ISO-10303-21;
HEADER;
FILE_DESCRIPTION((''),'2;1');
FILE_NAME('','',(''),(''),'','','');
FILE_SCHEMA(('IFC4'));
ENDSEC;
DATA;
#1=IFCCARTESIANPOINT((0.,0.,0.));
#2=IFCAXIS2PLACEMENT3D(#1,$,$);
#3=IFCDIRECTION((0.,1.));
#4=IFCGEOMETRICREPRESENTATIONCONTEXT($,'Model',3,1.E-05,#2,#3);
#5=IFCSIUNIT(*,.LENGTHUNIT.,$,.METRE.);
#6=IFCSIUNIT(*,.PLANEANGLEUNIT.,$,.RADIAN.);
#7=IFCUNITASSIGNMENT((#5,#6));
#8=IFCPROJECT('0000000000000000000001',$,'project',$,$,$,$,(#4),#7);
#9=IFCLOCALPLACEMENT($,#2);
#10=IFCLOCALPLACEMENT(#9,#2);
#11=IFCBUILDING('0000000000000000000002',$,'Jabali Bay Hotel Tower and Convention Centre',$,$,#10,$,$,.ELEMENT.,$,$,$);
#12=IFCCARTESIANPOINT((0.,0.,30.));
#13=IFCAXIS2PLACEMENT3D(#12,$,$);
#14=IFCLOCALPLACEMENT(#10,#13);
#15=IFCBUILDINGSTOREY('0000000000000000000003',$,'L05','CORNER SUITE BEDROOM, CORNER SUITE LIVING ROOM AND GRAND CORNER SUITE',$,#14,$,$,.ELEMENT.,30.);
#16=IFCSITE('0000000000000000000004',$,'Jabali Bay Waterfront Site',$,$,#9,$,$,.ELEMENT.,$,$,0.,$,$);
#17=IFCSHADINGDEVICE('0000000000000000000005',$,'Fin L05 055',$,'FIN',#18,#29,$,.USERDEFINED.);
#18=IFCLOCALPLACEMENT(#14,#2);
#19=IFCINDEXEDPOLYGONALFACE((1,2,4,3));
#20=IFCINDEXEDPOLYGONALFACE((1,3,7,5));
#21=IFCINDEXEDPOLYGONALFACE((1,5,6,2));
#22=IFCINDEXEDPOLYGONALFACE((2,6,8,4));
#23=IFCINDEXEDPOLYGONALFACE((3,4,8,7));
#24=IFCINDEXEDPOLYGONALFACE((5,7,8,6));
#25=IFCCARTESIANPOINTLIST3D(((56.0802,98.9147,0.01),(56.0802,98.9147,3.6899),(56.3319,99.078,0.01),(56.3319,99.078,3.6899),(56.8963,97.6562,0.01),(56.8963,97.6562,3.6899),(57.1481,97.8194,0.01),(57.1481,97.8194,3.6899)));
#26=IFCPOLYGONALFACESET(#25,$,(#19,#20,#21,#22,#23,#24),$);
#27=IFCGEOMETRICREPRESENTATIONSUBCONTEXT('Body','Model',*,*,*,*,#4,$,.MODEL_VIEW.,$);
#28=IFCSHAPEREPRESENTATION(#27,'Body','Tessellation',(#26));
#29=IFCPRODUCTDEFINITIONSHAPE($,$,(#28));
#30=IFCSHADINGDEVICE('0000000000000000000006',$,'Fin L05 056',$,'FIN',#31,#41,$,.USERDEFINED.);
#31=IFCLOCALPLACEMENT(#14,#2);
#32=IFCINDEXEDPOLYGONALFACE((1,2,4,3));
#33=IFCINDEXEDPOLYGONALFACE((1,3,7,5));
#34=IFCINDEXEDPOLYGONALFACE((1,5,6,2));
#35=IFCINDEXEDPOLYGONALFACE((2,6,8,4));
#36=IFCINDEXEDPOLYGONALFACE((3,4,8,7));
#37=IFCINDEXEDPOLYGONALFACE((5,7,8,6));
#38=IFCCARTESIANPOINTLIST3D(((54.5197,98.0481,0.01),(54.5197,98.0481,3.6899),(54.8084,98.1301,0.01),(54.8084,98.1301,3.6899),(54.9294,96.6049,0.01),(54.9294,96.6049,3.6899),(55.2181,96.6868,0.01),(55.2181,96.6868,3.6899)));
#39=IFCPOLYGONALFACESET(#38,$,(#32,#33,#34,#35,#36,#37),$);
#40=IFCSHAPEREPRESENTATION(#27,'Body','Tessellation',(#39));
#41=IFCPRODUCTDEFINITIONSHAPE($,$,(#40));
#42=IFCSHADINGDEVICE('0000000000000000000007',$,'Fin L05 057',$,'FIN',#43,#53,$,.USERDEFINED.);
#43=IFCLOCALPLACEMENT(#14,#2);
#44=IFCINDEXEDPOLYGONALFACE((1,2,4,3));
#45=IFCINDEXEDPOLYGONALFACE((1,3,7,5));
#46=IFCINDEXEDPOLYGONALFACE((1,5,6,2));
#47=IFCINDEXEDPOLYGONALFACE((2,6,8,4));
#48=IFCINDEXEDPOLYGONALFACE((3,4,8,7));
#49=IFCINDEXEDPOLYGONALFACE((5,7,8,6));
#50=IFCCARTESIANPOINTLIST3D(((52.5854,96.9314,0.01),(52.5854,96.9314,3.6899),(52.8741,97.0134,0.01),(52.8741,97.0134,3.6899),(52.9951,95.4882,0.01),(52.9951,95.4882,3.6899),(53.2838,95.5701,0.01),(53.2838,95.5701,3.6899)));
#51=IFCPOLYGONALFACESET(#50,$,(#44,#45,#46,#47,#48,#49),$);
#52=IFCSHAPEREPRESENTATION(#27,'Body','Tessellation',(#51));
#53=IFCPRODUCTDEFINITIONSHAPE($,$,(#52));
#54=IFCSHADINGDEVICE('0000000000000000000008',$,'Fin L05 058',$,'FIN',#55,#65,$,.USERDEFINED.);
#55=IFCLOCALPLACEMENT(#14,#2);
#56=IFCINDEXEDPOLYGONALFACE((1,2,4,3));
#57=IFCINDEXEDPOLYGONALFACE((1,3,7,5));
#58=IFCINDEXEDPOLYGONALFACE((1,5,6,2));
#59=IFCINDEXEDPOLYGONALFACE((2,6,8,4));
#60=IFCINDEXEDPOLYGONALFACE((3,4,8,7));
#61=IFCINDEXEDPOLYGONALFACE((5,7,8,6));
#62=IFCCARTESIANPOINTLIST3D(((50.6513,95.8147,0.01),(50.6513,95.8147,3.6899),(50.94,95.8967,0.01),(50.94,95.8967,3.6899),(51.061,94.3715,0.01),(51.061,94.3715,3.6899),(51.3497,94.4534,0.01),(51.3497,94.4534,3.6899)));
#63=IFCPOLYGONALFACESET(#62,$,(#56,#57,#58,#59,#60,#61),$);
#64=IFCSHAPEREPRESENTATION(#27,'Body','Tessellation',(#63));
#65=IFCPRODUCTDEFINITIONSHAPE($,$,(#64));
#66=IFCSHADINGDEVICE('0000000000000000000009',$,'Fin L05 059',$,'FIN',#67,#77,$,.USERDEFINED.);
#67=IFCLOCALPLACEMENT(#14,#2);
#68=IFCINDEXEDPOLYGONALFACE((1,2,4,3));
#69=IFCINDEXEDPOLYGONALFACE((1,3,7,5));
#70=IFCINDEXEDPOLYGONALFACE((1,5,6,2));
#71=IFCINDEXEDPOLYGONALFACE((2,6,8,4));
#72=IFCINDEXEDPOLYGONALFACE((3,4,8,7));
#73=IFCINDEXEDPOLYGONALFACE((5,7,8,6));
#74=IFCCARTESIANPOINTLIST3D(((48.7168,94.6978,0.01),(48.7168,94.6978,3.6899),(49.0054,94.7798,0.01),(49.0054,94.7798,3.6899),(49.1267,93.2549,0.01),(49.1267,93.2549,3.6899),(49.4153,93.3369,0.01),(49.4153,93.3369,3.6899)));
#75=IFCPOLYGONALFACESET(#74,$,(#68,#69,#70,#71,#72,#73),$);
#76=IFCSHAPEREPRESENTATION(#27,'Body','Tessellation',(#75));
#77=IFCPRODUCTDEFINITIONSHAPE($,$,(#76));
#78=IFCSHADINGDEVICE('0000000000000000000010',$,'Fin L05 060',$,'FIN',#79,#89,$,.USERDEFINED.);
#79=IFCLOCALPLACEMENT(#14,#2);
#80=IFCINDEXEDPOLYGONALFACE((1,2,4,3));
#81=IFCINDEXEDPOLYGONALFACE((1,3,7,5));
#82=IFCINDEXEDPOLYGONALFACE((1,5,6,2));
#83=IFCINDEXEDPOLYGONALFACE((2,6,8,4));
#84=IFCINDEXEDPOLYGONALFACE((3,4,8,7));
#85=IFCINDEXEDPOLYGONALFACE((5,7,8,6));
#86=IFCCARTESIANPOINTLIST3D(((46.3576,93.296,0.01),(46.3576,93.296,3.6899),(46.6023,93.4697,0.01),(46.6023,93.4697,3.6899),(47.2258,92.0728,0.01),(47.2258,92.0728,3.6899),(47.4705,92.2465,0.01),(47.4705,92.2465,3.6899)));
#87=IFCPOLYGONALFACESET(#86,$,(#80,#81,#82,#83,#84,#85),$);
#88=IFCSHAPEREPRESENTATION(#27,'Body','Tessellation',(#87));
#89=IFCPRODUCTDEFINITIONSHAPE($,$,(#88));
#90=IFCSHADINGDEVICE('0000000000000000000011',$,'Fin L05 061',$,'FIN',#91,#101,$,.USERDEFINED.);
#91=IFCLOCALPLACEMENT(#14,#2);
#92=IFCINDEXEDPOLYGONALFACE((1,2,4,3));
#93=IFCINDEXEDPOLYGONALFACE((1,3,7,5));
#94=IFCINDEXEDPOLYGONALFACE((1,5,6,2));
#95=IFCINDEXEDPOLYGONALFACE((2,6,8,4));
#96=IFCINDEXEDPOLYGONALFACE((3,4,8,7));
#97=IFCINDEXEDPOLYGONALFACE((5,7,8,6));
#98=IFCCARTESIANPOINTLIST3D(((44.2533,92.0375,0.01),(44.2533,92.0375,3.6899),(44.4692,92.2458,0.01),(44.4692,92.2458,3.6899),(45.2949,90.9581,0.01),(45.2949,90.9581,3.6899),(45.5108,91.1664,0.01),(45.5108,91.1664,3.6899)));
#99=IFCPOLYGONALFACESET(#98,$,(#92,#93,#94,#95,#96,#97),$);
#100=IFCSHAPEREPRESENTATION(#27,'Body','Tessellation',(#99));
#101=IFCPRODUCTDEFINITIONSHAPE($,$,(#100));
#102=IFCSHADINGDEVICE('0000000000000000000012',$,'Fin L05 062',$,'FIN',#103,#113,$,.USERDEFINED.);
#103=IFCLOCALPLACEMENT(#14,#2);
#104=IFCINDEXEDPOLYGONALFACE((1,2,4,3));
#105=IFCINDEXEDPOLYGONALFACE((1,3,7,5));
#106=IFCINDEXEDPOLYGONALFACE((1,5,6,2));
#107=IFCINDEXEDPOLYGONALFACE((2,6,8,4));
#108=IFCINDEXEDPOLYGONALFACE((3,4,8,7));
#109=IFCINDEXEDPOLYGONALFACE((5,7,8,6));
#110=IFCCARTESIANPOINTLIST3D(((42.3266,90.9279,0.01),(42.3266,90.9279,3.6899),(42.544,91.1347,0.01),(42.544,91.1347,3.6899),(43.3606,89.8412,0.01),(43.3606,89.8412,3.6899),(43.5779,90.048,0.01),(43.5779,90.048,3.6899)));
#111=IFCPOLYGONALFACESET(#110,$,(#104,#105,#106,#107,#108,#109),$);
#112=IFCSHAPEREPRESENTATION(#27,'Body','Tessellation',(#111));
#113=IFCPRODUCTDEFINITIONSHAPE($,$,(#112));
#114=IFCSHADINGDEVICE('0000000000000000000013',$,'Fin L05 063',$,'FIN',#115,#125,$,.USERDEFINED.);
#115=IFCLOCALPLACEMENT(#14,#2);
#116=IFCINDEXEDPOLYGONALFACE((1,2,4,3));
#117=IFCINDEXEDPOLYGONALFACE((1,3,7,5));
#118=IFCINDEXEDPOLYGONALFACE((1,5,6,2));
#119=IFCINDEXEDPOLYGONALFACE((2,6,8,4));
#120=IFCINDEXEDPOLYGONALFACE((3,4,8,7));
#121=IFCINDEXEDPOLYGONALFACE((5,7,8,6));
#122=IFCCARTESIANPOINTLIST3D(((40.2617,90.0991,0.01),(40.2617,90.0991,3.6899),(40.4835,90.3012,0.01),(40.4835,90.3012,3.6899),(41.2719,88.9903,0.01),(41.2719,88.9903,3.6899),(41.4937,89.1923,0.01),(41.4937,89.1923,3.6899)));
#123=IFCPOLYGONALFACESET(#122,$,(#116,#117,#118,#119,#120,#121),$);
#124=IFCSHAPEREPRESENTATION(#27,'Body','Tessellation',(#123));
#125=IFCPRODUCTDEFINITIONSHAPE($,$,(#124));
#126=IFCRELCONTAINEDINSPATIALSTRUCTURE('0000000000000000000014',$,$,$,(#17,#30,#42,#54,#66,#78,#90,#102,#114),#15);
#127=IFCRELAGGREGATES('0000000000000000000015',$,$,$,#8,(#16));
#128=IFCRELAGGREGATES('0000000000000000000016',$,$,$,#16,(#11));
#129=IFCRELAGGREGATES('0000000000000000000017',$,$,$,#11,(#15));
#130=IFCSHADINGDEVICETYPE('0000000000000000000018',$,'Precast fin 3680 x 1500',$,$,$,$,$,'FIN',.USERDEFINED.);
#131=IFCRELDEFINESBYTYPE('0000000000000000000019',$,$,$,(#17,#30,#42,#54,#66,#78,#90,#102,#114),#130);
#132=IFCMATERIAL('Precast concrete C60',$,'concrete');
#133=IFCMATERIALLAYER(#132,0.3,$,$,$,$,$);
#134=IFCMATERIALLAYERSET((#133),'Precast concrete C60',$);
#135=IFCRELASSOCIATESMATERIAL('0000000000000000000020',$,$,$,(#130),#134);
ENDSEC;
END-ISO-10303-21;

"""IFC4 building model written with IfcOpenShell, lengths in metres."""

from ifc_helpers import new_model, si_unit, direction, frame, frame_2d, origin, place, context, subcontext, project, spatial, rectangle, extrude, material, layer, layer_set, type_object, element, save


model = new_model("IFC4")

# Units and contexts
model_context = context("Model", 3, precision=1e-05, world=origin(), true_north=direction((0.0, 1.0)))
body_context = subcontext(model_context, "Body", "Model", "MODEL_VIEW")
ifc_project = project(units=[si_unit("LENGTHUNIT", "METRE"), si_unit("PLANEANGLEUNIT", "RADIAN")], contexts=[model_context])

# Site, building, storey
site_placement = place(None, origin())
site = spatial("IfcSite", under=ifc_project, at=site_placement, Name="Jabali Bay Waterfront Site", CompositionType="ELEMENT", RefElevation=0.0)
building_placement = place(site_placement, origin())
building = spatial("IfcBuilding", under=site, at=building_placement, Name="Jabali Bay Hotel Tower and Convention Centre", CompositionType="ELEMENT")
storey_placement = place(building_placement, frame((0.0, 0.0, 30.0)))
storey = spatial("IfcBuildingStorey", under=building, at=storey_placement, Name="L05", Description="CORNER SUITE BEDROOM, CORNER SUITE LIVING ROOM AND GRAND CORNER SUITE", CompositionType="ELEMENT", Elevation=30.0)

# Shading devices
ifc_material_1 = material(Name="Precast concrete C60", Category="concrete")
ifc_layer_1 = layer(ifc_material_1, 0.3)
ifc_layer_set_1 = layer_set([ifc_layer_1], Name="Precast concrete C60")
shading_device_type = type_object("IfcShadingDeviceType", Name="Precast fin 3680 x 1500", ElementType="FIN", PredefinedType="USERDEFINED", material=ifc_layer_set_1)
shading_device_placement = place(storey_placement, frame((57.0222, 97.7378, 0.01), z_axis=(0.0, 0.0, 1.0), x_axis=(-0.544101, 0.83902, 0.0)))
element("IfcShadingDevice", 1, at=shading_device_placement, inside=storey, type_object=shading_device_type, Name="Fin L05 055", ObjectType="FIN", PredefinedType="USERDEFINED", context=body_context, shape_type="SweptSolid", body=[
    extrude(rectangle(XDim=1.5, YDim=0.3, at=frame_2d((0.75, 0.0))), origin(), (0.0, 0.0, 1.0), 3.6799),
])
for number, where, z_axis, x_axis, name in (
    (2, (55.0737, 96.646, 0.01), (0.0, 0.0, 1.0), (-0.273087, 0.961989, 0.0), "Fin L05 056"),
    (3, (53.1394, 95.5293, 0.01), (0.0, 0.0, 1.0), (-0.273087, 0.961989, 0.0), "Fin L05 057"),
    (4, (51.2053, 94.4126, 0.01), (0.0, 0.0, 1.0), (-0.273087, 0.961989, 0.0), "Fin L05 058"),
):
    element("IfcShadingDevice", number, at=place(storey_placement, frame(where, z_axis=z_axis, x_axis=x_axis)), inside=storey, type_object=shading_device_type, Name=name, ObjectType="FIN", PredefinedType="USERDEFINED", context=body_context, shape_type="SweptSolid", body=[
        extrude(rectangle(XDim=1.5002, YDim=0.3, at=frame_2d((0.75, 0.0))), origin(), (0.0, 0.0, 1.0), 3.6799),
    ])
for number, where, z_axis, x_axis, name in (
    (5, (49.271, 93.2959, 0.01), (0.0, 0.0, 1.0), (-0.273281, 0.961934, 0.0), "Fin L05 059"),
    (6, (47.3481, 92.1597, 0.01), (0.0, 0.0, 1.0), (-0.578803, 0.815467, 0.0), "Fin L05 060"),
    (7, (45.4028, 91.0623, 0.01), (0.0, 0.0, 1.0), (-0.69438, 0.719609, 0.0), "Fin L05 061"),
    (8, (43.4692, 89.9446, 0.01), (0.0, 0.0, 1.0), (-0.68931, 0.724467, 0.0), "Fin L05 062"),
    (9, (41.3828, 89.0913, 0.01), (0.0, 0.0, 1.0), (-0.673466, 0.739218, 0.0), "Fin L05 063"),
):
    element("IfcShadingDevice", number, at=place(storey_placement, frame(where, z_axis=z_axis, x_axis=x_axis)), inside=storey, type_object=shading_device_type, Name=name, ObjectType="FIN", PredefinedType="USERDEFINED", context=body_context, shape_type="SweptSolid", body=[
        extrude(rectangle(XDim=1.5, YDim=0.3, at=frame_2d((0.75, 0.0))), origin(), (0.0, 0.0, 1.0), 3.6799),
    ])

save(model, "model.ifc")
